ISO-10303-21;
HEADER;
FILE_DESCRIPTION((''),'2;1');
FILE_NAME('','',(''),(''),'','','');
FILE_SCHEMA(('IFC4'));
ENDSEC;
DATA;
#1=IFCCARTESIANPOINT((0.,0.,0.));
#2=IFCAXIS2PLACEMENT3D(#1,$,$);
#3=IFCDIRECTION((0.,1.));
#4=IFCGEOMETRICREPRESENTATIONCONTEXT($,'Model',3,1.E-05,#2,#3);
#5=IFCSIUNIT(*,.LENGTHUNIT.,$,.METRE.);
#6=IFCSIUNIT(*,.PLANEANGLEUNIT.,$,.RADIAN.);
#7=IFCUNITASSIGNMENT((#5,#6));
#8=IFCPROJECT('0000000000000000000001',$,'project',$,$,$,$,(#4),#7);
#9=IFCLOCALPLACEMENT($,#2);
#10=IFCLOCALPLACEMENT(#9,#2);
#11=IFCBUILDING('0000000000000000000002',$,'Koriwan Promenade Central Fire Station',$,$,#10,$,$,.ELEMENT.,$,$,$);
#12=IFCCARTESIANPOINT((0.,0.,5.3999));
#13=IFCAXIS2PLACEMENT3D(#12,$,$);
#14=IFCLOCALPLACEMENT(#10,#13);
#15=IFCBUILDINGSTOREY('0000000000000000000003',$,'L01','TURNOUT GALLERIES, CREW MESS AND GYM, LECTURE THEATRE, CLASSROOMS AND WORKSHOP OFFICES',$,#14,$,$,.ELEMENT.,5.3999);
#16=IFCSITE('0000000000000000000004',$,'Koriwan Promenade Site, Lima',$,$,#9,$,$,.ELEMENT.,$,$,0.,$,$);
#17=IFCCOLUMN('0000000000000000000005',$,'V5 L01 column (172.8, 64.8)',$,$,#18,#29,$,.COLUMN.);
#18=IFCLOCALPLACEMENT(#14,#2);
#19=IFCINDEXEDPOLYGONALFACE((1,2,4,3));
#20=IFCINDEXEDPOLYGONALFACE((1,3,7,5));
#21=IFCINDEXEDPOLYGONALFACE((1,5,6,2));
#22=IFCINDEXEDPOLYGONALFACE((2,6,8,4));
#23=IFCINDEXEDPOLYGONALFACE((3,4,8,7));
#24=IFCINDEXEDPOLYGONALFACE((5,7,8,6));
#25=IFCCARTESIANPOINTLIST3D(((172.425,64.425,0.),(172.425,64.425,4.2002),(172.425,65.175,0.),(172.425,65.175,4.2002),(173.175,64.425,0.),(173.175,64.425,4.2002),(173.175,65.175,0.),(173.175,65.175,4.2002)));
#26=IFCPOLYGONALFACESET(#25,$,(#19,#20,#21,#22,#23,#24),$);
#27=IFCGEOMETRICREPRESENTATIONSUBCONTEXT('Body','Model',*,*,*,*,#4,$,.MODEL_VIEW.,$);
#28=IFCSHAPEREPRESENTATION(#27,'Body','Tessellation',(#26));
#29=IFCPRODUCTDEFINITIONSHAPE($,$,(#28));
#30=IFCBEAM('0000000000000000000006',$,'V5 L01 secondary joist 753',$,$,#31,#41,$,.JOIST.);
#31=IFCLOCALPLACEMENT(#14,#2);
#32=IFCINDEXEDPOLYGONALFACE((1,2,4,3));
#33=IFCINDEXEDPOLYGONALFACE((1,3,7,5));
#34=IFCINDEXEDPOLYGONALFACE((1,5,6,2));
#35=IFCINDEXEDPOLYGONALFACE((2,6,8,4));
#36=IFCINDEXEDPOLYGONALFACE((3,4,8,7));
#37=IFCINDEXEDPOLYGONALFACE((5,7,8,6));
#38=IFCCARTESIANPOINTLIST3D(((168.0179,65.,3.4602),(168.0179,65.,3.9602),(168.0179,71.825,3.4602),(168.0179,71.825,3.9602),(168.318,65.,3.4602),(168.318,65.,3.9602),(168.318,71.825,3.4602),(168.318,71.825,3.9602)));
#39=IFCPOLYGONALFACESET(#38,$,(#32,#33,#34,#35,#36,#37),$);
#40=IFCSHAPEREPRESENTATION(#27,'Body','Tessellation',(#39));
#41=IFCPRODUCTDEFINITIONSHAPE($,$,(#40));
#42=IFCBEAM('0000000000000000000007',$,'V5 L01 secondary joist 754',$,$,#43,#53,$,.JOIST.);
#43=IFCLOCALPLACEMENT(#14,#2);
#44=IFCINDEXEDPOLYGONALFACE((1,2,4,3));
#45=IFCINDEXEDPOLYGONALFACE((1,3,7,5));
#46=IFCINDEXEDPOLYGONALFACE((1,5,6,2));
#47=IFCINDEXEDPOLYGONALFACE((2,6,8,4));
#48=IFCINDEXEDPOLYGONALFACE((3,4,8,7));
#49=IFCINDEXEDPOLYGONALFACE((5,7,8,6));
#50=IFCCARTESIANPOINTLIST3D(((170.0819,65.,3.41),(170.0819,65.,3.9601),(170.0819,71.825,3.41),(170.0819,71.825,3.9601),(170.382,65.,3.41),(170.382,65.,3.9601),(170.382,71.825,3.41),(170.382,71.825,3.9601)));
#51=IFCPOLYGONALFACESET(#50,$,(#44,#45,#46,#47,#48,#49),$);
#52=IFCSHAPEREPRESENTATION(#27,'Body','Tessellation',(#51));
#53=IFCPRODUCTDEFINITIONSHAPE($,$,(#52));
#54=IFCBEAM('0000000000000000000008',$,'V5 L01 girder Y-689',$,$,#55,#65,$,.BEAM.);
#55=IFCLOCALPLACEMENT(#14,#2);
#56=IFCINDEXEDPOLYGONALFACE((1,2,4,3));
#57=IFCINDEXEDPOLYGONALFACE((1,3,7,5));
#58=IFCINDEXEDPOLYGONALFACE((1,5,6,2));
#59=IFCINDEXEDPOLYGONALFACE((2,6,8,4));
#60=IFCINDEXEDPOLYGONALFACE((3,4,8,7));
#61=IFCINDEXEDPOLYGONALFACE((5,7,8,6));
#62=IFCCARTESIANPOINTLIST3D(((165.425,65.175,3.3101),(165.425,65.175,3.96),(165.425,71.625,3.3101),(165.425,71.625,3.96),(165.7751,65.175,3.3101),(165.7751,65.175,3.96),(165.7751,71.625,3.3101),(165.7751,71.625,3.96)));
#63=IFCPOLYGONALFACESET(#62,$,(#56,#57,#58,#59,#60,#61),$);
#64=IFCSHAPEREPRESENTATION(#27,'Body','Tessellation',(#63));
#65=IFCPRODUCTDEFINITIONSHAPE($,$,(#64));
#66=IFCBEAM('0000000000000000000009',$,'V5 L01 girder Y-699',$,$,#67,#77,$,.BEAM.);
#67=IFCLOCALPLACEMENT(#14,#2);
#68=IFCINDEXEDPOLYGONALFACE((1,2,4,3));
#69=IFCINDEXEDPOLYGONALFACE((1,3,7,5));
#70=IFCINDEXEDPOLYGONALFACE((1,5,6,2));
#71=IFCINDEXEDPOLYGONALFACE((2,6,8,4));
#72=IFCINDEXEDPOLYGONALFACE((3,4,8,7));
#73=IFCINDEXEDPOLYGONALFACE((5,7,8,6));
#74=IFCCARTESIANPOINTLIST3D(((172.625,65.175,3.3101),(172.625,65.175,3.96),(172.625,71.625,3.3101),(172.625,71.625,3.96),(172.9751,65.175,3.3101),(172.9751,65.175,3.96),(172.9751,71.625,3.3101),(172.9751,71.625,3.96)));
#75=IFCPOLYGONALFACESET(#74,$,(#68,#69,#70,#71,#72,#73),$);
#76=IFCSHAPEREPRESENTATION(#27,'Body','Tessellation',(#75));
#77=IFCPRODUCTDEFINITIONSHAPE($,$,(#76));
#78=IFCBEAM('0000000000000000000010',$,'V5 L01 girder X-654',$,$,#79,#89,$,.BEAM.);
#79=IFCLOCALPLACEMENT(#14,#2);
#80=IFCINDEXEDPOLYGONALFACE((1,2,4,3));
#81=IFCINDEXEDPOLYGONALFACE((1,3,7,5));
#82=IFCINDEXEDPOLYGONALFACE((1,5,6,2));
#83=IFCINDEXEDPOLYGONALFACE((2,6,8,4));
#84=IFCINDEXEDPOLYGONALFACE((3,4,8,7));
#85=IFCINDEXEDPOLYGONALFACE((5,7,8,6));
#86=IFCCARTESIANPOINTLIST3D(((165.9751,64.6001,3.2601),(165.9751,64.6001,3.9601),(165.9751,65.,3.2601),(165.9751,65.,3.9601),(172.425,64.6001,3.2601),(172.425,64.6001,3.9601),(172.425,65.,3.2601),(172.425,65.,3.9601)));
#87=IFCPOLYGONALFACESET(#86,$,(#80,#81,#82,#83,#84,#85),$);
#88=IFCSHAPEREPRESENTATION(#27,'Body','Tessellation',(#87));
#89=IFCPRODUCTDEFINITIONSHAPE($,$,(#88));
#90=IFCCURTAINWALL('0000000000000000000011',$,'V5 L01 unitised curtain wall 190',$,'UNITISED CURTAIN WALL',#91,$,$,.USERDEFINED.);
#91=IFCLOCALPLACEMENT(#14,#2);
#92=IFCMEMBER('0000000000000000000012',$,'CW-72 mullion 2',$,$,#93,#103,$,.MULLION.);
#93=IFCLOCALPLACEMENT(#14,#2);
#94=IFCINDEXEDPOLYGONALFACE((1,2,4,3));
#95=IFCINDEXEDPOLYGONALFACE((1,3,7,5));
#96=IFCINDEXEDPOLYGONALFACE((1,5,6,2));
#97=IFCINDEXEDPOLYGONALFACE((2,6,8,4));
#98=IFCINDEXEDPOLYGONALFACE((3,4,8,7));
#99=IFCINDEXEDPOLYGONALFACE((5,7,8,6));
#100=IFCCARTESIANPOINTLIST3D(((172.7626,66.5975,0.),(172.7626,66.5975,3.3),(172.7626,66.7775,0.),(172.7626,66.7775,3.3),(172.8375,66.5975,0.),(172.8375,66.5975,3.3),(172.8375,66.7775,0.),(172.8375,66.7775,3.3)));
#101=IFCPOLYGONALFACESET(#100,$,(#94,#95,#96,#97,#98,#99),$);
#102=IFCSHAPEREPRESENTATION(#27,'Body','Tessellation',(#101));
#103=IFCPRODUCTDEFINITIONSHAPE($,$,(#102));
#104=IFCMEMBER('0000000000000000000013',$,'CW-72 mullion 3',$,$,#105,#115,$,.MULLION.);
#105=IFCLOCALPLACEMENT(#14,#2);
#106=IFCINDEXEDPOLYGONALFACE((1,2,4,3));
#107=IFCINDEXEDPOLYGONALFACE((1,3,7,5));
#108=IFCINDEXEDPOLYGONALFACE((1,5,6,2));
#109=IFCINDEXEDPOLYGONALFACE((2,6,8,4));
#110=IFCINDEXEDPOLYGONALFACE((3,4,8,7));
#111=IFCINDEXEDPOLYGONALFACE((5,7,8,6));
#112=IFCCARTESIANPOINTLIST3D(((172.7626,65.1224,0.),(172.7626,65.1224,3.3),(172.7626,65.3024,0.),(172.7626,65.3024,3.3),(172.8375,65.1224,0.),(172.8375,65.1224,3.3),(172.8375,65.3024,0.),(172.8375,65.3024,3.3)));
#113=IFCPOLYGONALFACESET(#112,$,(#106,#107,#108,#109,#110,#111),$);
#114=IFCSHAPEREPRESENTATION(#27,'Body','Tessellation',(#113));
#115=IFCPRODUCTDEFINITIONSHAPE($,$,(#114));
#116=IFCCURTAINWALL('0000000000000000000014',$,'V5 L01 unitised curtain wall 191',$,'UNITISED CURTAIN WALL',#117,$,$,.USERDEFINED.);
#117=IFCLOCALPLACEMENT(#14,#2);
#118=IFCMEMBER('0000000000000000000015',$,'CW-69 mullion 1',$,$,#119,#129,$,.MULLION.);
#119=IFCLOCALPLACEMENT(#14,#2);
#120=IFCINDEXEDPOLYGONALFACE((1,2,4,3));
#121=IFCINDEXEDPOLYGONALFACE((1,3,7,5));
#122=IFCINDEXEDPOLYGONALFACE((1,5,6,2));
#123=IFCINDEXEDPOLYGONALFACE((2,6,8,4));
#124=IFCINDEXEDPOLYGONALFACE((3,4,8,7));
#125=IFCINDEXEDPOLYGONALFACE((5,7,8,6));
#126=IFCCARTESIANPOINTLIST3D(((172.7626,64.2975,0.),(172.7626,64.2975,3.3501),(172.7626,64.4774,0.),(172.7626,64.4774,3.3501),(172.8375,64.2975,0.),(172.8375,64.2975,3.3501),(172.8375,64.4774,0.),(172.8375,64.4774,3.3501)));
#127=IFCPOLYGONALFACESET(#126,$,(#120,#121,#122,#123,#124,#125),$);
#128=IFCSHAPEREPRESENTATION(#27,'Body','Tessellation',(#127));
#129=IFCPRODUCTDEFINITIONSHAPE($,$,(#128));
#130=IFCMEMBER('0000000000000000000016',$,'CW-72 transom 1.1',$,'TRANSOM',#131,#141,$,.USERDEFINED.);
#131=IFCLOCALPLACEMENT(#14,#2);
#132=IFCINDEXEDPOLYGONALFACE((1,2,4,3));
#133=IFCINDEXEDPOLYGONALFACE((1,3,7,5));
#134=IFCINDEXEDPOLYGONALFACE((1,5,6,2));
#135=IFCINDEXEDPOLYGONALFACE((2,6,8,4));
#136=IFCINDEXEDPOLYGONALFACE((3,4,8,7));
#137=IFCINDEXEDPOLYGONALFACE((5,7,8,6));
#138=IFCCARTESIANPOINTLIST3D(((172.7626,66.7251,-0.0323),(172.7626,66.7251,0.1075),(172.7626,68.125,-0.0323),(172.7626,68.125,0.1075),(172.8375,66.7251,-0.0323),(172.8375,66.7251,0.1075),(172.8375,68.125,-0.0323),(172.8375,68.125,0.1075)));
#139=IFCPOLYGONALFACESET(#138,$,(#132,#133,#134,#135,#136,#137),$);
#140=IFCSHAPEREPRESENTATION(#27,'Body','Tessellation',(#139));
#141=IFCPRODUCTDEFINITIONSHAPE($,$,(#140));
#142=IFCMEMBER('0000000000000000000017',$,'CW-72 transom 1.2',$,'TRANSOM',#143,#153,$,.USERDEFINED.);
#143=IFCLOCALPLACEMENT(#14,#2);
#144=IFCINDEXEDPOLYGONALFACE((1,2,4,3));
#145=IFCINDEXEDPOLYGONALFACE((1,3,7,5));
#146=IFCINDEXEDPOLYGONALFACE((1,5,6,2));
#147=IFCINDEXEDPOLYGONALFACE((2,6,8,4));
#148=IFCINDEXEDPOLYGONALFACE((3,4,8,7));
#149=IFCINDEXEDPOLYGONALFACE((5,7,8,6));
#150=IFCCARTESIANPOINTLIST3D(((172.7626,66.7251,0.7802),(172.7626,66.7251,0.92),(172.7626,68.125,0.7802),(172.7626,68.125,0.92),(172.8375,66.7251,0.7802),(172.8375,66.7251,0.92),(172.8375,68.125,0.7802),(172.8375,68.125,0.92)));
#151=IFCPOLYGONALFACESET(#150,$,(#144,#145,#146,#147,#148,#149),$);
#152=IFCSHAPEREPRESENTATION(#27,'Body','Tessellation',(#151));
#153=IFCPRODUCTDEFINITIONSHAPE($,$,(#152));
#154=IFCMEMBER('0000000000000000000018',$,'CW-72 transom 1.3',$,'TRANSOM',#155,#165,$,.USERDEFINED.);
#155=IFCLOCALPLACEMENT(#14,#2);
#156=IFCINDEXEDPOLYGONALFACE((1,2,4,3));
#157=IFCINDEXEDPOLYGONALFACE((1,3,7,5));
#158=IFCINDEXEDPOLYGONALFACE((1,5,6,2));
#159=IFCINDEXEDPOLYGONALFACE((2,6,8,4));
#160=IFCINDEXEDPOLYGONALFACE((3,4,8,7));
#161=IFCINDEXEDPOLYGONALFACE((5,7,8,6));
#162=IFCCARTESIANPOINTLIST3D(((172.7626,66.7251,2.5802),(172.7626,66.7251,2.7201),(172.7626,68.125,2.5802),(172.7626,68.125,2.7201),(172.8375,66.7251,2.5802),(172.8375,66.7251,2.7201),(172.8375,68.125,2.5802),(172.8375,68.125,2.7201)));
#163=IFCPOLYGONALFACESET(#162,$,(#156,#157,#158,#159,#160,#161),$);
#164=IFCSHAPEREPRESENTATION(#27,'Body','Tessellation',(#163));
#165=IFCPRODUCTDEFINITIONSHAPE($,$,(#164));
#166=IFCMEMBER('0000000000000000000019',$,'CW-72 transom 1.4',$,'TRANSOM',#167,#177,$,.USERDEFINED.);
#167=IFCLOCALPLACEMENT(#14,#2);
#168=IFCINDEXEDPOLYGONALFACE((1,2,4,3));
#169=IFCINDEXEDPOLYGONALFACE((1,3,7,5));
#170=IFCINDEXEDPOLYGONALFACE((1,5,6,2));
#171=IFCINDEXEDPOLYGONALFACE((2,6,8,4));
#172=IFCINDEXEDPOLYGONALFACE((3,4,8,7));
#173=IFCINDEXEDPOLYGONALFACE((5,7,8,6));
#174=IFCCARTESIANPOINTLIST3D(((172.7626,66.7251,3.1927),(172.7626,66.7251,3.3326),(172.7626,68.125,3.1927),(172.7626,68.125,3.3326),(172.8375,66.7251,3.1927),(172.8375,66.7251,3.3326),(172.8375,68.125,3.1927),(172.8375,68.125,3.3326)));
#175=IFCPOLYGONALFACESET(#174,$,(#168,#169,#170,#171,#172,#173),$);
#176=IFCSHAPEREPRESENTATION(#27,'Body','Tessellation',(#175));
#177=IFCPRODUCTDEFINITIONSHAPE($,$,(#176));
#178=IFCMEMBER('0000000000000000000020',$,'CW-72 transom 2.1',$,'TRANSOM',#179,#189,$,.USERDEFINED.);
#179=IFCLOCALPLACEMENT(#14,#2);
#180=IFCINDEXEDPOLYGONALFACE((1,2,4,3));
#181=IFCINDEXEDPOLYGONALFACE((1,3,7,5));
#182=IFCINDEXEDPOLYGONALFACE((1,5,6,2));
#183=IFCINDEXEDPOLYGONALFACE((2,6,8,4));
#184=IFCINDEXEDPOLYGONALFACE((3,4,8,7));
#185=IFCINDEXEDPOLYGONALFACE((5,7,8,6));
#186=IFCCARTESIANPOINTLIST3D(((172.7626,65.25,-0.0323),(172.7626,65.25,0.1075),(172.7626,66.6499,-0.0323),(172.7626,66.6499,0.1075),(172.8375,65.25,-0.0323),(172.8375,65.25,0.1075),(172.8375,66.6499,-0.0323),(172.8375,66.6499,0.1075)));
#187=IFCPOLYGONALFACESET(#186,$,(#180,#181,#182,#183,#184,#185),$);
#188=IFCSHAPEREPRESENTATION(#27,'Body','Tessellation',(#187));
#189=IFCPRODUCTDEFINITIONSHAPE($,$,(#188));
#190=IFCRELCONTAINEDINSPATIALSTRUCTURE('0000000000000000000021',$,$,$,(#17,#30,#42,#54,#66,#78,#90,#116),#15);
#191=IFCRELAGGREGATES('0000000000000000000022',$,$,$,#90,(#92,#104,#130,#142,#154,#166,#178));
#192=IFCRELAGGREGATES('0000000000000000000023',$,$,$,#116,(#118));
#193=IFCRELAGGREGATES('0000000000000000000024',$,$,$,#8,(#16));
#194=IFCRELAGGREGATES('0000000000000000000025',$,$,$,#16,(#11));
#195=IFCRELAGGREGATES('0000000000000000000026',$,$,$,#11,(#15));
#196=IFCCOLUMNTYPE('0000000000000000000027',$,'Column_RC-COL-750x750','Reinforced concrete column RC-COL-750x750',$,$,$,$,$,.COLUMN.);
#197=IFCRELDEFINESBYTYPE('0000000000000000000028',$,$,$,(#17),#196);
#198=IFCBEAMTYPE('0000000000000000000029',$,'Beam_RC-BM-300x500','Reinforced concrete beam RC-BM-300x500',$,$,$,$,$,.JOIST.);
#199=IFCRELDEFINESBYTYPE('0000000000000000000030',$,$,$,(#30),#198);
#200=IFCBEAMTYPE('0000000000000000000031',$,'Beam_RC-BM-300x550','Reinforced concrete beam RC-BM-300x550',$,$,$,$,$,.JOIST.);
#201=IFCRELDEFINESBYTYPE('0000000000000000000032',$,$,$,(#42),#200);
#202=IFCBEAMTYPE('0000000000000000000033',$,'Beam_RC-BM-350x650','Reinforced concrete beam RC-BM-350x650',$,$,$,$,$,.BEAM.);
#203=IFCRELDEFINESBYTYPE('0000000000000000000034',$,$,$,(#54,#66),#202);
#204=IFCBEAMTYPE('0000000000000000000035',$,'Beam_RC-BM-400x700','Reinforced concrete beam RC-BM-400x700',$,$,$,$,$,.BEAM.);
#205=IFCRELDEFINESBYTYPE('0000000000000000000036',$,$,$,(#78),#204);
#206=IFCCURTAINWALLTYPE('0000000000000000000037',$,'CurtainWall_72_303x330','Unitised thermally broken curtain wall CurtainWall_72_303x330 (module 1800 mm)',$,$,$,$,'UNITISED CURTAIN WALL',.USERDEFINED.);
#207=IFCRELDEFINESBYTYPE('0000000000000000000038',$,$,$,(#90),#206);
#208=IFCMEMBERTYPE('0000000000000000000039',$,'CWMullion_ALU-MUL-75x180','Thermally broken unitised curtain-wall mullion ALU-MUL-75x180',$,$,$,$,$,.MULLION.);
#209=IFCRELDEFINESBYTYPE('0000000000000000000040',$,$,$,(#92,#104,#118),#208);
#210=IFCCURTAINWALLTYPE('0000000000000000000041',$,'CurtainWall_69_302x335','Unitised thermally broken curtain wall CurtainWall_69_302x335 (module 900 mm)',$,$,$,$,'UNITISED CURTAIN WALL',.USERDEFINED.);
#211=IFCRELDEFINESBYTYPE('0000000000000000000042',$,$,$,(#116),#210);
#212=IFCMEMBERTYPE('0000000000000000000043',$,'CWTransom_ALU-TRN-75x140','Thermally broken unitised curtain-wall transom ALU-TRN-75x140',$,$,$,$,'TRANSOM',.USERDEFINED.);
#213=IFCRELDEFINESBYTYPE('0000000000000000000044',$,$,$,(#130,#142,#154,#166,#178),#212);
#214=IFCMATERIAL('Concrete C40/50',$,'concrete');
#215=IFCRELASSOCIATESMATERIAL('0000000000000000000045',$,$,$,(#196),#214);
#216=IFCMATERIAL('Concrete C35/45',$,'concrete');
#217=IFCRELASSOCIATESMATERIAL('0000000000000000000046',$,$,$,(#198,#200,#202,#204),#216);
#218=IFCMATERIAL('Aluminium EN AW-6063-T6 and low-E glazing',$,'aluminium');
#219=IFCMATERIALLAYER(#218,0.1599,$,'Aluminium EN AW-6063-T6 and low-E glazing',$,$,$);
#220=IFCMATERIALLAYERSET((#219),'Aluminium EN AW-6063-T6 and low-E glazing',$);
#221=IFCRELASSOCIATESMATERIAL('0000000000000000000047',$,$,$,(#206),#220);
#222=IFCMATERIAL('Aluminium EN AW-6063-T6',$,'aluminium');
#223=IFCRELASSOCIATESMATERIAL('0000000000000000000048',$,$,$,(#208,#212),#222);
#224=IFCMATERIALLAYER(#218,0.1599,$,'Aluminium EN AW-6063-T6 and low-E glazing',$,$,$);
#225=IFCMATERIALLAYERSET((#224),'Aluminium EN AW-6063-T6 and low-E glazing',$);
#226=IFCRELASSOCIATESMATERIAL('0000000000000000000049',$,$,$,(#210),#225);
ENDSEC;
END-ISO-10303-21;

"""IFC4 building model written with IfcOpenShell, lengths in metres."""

from ifc_helpers import new_model, si_unit, direction, frame, origin, origin_2d, place, context, subcontext, project, spatial, rectangle, extrude, material, layer, layer_set, material_profile, profile_set, type_object, element, aggregate, save


model = new_model("IFC4")

# Units and contexts
model_context = context("Model", 3, precision=1e-05, world=origin(), true_north=direction((0.0, 1.0)))
body_context = subcontext(model_context, "Body", "Model", "MODEL_VIEW")
ifc_project = project(units=[si_unit("LENGTHUNIT", "METRE"), si_unit("PLANEANGLEUNIT", "RADIAN")], contexts=[model_context])

# Site, building, storey
site_placement = place(None, origin())
site = spatial("IfcSite", under=ifc_project, at=site_placement, Name="Koriwan Promenade Site, Lima", CompositionType="ELEMENT", RefElevation=0.0)
building_placement = place(site_placement, origin())
building = spatial("IfcBuilding", under=site, at=building_placement, Name="Koriwan Promenade Central Fire Station", CompositionType="ELEMENT")
storey_placement = place(building_placement, frame((0.0, 0.0, 5.3999)))
storey = spatial("IfcBuildingStorey", under=building, at=storey_placement, Name="L01", Description="TURNOUT GALLERIES, CREW MESS AND GYM, LECTURE THEATRE, CLASSROOMS AND WORKSHOP OFFICES", CompositionType="ELEMENT", Elevation=5.3999)

# Column
ifc_material_1 = material(Name="Concrete C40/50", Category="concrete")
ifc_material_profile_1 = material_profile(ifc_material_1, rectangle(XDim=0.75, YDim=0.75, at=origin_2d()), Name="RC-COL-750x750")
ifc_profile_set_1 = profile_set([ifc_material_profile_1], Name="Concrete C40/50")
column_type = type_object("IfcColumnType", Name="Column_RC-COL-750x750", Description="Reinforced concrete column RC-COL-750x750", PredefinedType="COLUMN", material=ifc_profile_set_1)
column_placement = place(storey_placement, frame((172.8, 64.8, 0.0), z_axis=(0.0, 0.0, 1.0), x_axis=(1.0, 0.0, 0.0)))
element("IfcColumn", 1, at=column_placement, inside=storey, type_object=column_type, Name="V5 L01 column (172.8, 64.8)", PredefinedType="COLUMN", context=body_context, shape_type="SweptSolid", body=[
    extrude(rectangle(XDim=0.75, YDim=0.75, at=origin_2d()), origin(), (0.0, 0.0, 1.0), 4.2002),
])

# Beams
ifc_material_2 = material(Name="Concrete C35/45", Category="concrete")
ifc_material_profile_2 = material_profile(ifc_material_2, rectangle(XDim=0.3, YDim=0.5, at=origin_2d()), Name="RC-BM-300x500")
ifc_profile_set_2 = profile_set([ifc_material_profile_2], Name="Concrete C35/45")
beam_type_1 = type_object("IfcBeamType", Name="Beam_RC-BM-300x500", Description="Reinforced concrete beam RC-BM-300x500", PredefinedType="JOIST", material=ifc_profile_set_2)
beam_1_placement = place(storey_placement, frame((168.168, 65.0, 3.7102), z_axis=(0.0, 1.0, 0.0), x_axis=(-1.0, 0.0, 0.0)))
element("IfcBeam", 2, at=beam_1_placement, inside=storey, type_object=beam_type_1, Name="V5 L01 secondary joist 753", PredefinedType="JOIST", context=body_context, shape_type="SweptSolid", body=[
    extrude(rectangle(XDim=0.3, YDim=0.5, at=origin_2d()), origin(), (0.0, 0.0, 1.0), 6.825),
])
ifc_material_profile_3 = material_profile(ifc_material_2, rectangle(XDim=0.3, YDim=0.55, at=origin_2d()), Name="RC-BM-300x550")
ifc_profile_set_3 = profile_set([ifc_material_profile_3], Name="Concrete C35/45")
beam_type_2 = type_object("IfcBeamType", Name="Beam_RC-BM-300x550", Description="Reinforced concrete beam RC-BM-300x550", PredefinedType="JOIST", material=ifc_profile_set_3)
beam_2_placement = place(storey_placement, frame((170.2319, 65.0, 3.6851), z_axis=(0.0, 1.0, 0.0), x_axis=(-1.0, 0.0, 0.0)))
element("IfcBeam", 3, at=beam_2_placement, inside=storey, type_object=beam_type_2, Name="V5 L01 secondary joist 754", PredefinedType="JOIST", context=body_context, shape_type="SweptSolid", body=[
    extrude(rectangle(XDim=0.3, YDim=0.55, at=origin_2d()), origin(), (0.0, 0.0, 1.0), 6.825),
])
ifc_material_profile_4 = material_profile(ifc_material_2, rectangle(XDim=0.3501, YDim=0.6499, at=origin_2d()), Name="RC-BM-350x650")
ifc_profile_set_4 = profile_set([ifc_material_profile_4], Name="Concrete C35/45")
beam_type_3 = type_object("IfcBeamType", Name="Beam_RC-BM-350x650", Description="Reinforced concrete beam RC-BM-350x650", PredefinedType="BEAM", material=ifc_profile_set_4)
for number, where, z_axis, x_axis, name in (
    (4, (165.6001, 65.175, 3.635), (0.0, 1.0, 0.0), (-1.0, 0.0, 0.0), "V5 L01 girder Y-689"),
    (5, (172.8, 65.175, 3.635), (0.0, 1.0, 0.0), (-1.0, 0.0, 0.0), "V5 L01 girder Y-699"),
):
    element("IfcBeam", number, at=place(storey_placement, frame(where, z_axis=z_axis, x_axis=x_axis)), inside=storey, type_object=beam_type_3, Name=name, PredefinedType="BEAM", context=body_context, shape_type="SweptSolid", body=[
        extrude(rectangle(XDim=0.3501, YDim=0.6499, at=origin_2d()), origin(), (0.0, 0.0, 1.0), 6.45),
    ])
ifc_material_profile_5 = material_profile(ifc_material_2, rectangle(XDim=0.3999, YDim=0.7, at=origin_2d()), Name="RC-BM-400x700")
ifc_profile_set_5 = profile_set([ifc_material_profile_5], Name="Concrete C35/45")
beam_type_4 = type_object("IfcBeamType", Name="Beam_RC-BM-400x700", Description="Reinforced concrete beam RC-BM-400x700", PredefinedType="BEAM", material=ifc_profile_set_5)
beam_3_placement = place(storey_placement, frame((165.9751, 64.8, 3.6101), z_axis=(1.0, 0.0, 0.0), x_axis=(0.0, 1.0, 0.0)))
element("IfcBeam", 6, at=beam_3_placement, inside=storey, type_object=beam_type_4, Name="V5 L01 girder X-654", PredefinedType="BEAM", context=body_context, shape_type="SweptSolid", body=[
    extrude(rectangle(XDim=0.3999, YDim=0.7, at=origin_2d()), origin(), (0.0, 0.0, 1.0), 6.45),
])

# Curtain wall, members
ifc_material_3 = material(Name="Aluminium EN AW-6063-T6 and low-E glazing", Category="aluminium")
ifc_layer_1 = layer(ifc_material_3, 0.1599, Name="Aluminium EN AW-6063-T6 and low-E glazing")
ifc_layer_set_1 = layer_set([ifc_layer_1], Name="Aluminium EN AW-6063-T6 and low-E glazing")
curtain_wall_type_1 = type_object("IfcCurtainWallType", Name="CurtainWall_72_303x330", Description="Unitised thermally broken curtain wall CurtainWall_72_303x330 (module 1800 mm)", ElementType="UNITISED CURTAIN WALL", PredefinedType="USERDEFINED", material=ifc_layer_set_1)
curtain_wall_1_placement = place(storey_placement, origin())
curtain_wall_1 = element("IfcCurtainWall", 7, at=curtain_wall_1_placement, inside=storey, type_object=curtain_wall_type_1, Name="V5 L01 unitised curtain wall 190", ObjectType="UNITISED CURTAIN WALL", PredefinedType="USERDEFINED")
ifc_material_4 = material(Name="Aluminium EN AW-6063-T6", Category="aluminium")
ifc_material_profile_6 = material_profile(ifc_material_4, rectangle(XDim=0.075, YDim=0.1799, at=origin_2d()), Name="ALU-MUL-75x180")
ifc_profile_set_6 = profile_set([ifc_material_profile_6], Name="Aluminium EN AW-6063-T6")
member_type_1 = type_object("IfcMemberType", Name="CWMullion_ALU-MUL-75x180", Description="Thermally broken unitised curtain-wall mullion ALU-MUL-75x180", PredefinedType="MULLION", material=ifc_profile_set_6)
member_1_placement = place(storey_placement, frame((172.8, 66.6875, 0.0), z_axis=(0.0, 0.0, 1.0), x_axis=(1.0, 0.0, 0.0)))
member_1 = element("IfcMember", 8, at=member_1_placement, type_object=member_type_1, Name="CW-72 mullion 2", PredefinedType="MULLION", context=body_context, shape_type="SweptSolid", body=[
    extrude(rectangle(XDim=0.075, YDim=0.1799, at=origin_2d()), origin(), (0.0, 0.0, 1.0), 3.3),
])
member_2_placement = place(storey_placement, frame((172.8, 65.2124, 0.0), z_axis=(0.0, 0.0, 1.0), x_axis=(1.0, 0.0, 0.0)))
member_2 = element("IfcMember", 9, at=member_2_placement, type_object=member_type_1, Name="CW-72 mullion 3", PredefinedType="MULLION", context=body_context, shape_type="SweptSolid", body=[
    extrude(rectangle(XDim=0.075, YDim=0.1799, at=origin_2d()), origin(), (0.0, 0.0, 1.0), 3.3),
])

# Curtain wall, member
ifc_layer_2 = layer(ifc_material_3, 0.1599, Name="Aluminium EN AW-6063-T6 and low-E glazing")
ifc_layer_set_2 = layer_set([ifc_layer_2], Name="Aluminium EN AW-6063-T6 and low-E glazing")
curtain_wall_type_2 = type_object("IfcCurtainWallType", Name="CurtainWall_69_302x335", Description="Unitised thermally broken curtain wall CurtainWall_69_302x335 (module 900 mm)", ElementType="UNITISED CURTAIN WALL", PredefinedType="USERDEFINED", material=ifc_layer_set_2)
curtain_wall_2_placement = place(storey_placement, origin())
curtain_wall_2 = element("IfcCurtainWall", 10, at=curtain_wall_2_placement, inside=storey, type_object=curtain_wall_type_2, Name="V5 L01 unitised curtain wall 191", ObjectType="UNITISED CURTAIN WALL", PredefinedType="USERDEFINED")
member_3_placement = place(storey_placement, frame((172.8, 64.3875, 0.0), z_axis=(0.0, 0.0, 1.0), x_axis=(1.0, 0.0, 0.0)))
member_3 = element("IfcMember", 11, at=member_3_placement, type_object=member_type_1, Name="CW-69 mullion 1", PredefinedType="MULLION", context=body_context, shape_type="SweptSolid", body=[
    extrude(rectangle(XDim=0.075, YDim=0.1799, at=origin_2d()), origin(), (0.0, 0.0, 1.0), 3.3501),
])

# Members
ifc_material_profile_7 = material_profile(ifc_material_4, rectangle(XDim=0.075, YDim=0.1399, at=origin_2d()), Name="ALU-TRN-75x140")
ifc_profile_set_7 = profile_set([ifc_material_profile_7], Name="Aluminium EN AW-6063-T6")
member_type_2 = type_object("IfcMemberType", Name="CWTransom_ALU-TRN-75x140", Description="Thermally broken unitised curtain-wall transom ALU-TRN-75x140", ElementType="TRANSOM", PredefinedType="USERDEFINED", material=ifc_profile_set_7)
member_4_placement = place(storey_placement, frame((172.8, 68.125, 0.0376), z_axis=(0.0, -1.0, 0.0), x_axis=(1.0, 0.0, 0.0)))
member_4 = element("IfcMember", 12, at=member_4_placement, type_object=member_type_2, Name="CW-72 transom 1.1", ObjectType="TRANSOM", PredefinedType="USERDEFINED", context=body_context, shape_type="SweptSolid", body=[
    extrude(rectangle(XDim=0.075, YDim=0.1399, at=origin_2d()), origin(), (0.0, 0.0, 1.0), 1.3999),
])
member_5_placement = place(storey_placement, frame((172.8, 68.125, 0.8501), z_axis=(0.0, -1.0, 0.0), x_axis=(1.0, 0.0, 0.0)))
member_5 = element("IfcMember", 13, at=member_5_placement, type_object=member_type_2, Name="CW-72 transom 1.2", ObjectType="TRANSOM", PredefinedType="USERDEFINED", context=body_context, shape_type="SweptSolid", body=[
    extrude(rectangle(XDim=0.075, YDim=0.1399, at=origin_2d()), origin(), (0.0, 0.0, 1.0), 1.3999),
])
member_6_placement = place(storey_placement, frame((172.8, 68.125, 2.6501), z_axis=(0.0, -1.0, 0.0), x_axis=(1.0, 0.0, 0.0)))
member_6 = element("IfcMember", 14, at=member_6_placement, type_object=member_type_2, Name="CW-72 transom 1.3", ObjectType="TRANSOM", PredefinedType="USERDEFINED", context=body_context, shape_type="SweptSolid", body=[
    extrude(rectangle(XDim=0.075, YDim=0.1399, at=origin_2d()), origin(), (0.0, 0.0, 1.0), 1.3999),
])
member_7_placement = place(storey_placement, frame((172.8, 68.125, 3.2627), z_axis=(0.0, -1.0, 0.0), x_axis=(1.0, 0.0, 0.0)))
member_7 = element("IfcMember", 15, at=member_7_placement, type_object=member_type_2, Name="CW-72 transom 1.4", ObjectType="TRANSOM", PredefinedType="USERDEFINED", context=body_context, shape_type="SweptSolid", body=[
    extrude(rectangle(XDim=0.075, YDim=0.1399, at=origin_2d()), origin(), (0.0, 0.0, 1.0), 1.3999),
])
member_8_placement = place(storey_placement, frame((172.8, 66.6499, 0.0376), z_axis=(0.0, -1.0, 0.0), x_axis=(1.0, 0.0, 0.0)))
member_8 = element("IfcMember", 16, at=member_8_placement, type_object=member_type_2, Name="CW-72 transom 2.1", ObjectType="TRANSOM", PredefinedType="USERDEFINED", context=body_context, shape_type="SweptSolid", body=[
    extrude(rectangle(XDim=0.075, YDim=0.1399, at=origin_2d()), origin(), (0.0, 0.0, 1.0), 1.3999),
])

aggregate(curtain_wall_1, [member_1, member_2, member_4, member_5, member_6, member_7, member_8])
aggregate(curtain_wall_2, [member_3])

save(model, "model.ifc")
